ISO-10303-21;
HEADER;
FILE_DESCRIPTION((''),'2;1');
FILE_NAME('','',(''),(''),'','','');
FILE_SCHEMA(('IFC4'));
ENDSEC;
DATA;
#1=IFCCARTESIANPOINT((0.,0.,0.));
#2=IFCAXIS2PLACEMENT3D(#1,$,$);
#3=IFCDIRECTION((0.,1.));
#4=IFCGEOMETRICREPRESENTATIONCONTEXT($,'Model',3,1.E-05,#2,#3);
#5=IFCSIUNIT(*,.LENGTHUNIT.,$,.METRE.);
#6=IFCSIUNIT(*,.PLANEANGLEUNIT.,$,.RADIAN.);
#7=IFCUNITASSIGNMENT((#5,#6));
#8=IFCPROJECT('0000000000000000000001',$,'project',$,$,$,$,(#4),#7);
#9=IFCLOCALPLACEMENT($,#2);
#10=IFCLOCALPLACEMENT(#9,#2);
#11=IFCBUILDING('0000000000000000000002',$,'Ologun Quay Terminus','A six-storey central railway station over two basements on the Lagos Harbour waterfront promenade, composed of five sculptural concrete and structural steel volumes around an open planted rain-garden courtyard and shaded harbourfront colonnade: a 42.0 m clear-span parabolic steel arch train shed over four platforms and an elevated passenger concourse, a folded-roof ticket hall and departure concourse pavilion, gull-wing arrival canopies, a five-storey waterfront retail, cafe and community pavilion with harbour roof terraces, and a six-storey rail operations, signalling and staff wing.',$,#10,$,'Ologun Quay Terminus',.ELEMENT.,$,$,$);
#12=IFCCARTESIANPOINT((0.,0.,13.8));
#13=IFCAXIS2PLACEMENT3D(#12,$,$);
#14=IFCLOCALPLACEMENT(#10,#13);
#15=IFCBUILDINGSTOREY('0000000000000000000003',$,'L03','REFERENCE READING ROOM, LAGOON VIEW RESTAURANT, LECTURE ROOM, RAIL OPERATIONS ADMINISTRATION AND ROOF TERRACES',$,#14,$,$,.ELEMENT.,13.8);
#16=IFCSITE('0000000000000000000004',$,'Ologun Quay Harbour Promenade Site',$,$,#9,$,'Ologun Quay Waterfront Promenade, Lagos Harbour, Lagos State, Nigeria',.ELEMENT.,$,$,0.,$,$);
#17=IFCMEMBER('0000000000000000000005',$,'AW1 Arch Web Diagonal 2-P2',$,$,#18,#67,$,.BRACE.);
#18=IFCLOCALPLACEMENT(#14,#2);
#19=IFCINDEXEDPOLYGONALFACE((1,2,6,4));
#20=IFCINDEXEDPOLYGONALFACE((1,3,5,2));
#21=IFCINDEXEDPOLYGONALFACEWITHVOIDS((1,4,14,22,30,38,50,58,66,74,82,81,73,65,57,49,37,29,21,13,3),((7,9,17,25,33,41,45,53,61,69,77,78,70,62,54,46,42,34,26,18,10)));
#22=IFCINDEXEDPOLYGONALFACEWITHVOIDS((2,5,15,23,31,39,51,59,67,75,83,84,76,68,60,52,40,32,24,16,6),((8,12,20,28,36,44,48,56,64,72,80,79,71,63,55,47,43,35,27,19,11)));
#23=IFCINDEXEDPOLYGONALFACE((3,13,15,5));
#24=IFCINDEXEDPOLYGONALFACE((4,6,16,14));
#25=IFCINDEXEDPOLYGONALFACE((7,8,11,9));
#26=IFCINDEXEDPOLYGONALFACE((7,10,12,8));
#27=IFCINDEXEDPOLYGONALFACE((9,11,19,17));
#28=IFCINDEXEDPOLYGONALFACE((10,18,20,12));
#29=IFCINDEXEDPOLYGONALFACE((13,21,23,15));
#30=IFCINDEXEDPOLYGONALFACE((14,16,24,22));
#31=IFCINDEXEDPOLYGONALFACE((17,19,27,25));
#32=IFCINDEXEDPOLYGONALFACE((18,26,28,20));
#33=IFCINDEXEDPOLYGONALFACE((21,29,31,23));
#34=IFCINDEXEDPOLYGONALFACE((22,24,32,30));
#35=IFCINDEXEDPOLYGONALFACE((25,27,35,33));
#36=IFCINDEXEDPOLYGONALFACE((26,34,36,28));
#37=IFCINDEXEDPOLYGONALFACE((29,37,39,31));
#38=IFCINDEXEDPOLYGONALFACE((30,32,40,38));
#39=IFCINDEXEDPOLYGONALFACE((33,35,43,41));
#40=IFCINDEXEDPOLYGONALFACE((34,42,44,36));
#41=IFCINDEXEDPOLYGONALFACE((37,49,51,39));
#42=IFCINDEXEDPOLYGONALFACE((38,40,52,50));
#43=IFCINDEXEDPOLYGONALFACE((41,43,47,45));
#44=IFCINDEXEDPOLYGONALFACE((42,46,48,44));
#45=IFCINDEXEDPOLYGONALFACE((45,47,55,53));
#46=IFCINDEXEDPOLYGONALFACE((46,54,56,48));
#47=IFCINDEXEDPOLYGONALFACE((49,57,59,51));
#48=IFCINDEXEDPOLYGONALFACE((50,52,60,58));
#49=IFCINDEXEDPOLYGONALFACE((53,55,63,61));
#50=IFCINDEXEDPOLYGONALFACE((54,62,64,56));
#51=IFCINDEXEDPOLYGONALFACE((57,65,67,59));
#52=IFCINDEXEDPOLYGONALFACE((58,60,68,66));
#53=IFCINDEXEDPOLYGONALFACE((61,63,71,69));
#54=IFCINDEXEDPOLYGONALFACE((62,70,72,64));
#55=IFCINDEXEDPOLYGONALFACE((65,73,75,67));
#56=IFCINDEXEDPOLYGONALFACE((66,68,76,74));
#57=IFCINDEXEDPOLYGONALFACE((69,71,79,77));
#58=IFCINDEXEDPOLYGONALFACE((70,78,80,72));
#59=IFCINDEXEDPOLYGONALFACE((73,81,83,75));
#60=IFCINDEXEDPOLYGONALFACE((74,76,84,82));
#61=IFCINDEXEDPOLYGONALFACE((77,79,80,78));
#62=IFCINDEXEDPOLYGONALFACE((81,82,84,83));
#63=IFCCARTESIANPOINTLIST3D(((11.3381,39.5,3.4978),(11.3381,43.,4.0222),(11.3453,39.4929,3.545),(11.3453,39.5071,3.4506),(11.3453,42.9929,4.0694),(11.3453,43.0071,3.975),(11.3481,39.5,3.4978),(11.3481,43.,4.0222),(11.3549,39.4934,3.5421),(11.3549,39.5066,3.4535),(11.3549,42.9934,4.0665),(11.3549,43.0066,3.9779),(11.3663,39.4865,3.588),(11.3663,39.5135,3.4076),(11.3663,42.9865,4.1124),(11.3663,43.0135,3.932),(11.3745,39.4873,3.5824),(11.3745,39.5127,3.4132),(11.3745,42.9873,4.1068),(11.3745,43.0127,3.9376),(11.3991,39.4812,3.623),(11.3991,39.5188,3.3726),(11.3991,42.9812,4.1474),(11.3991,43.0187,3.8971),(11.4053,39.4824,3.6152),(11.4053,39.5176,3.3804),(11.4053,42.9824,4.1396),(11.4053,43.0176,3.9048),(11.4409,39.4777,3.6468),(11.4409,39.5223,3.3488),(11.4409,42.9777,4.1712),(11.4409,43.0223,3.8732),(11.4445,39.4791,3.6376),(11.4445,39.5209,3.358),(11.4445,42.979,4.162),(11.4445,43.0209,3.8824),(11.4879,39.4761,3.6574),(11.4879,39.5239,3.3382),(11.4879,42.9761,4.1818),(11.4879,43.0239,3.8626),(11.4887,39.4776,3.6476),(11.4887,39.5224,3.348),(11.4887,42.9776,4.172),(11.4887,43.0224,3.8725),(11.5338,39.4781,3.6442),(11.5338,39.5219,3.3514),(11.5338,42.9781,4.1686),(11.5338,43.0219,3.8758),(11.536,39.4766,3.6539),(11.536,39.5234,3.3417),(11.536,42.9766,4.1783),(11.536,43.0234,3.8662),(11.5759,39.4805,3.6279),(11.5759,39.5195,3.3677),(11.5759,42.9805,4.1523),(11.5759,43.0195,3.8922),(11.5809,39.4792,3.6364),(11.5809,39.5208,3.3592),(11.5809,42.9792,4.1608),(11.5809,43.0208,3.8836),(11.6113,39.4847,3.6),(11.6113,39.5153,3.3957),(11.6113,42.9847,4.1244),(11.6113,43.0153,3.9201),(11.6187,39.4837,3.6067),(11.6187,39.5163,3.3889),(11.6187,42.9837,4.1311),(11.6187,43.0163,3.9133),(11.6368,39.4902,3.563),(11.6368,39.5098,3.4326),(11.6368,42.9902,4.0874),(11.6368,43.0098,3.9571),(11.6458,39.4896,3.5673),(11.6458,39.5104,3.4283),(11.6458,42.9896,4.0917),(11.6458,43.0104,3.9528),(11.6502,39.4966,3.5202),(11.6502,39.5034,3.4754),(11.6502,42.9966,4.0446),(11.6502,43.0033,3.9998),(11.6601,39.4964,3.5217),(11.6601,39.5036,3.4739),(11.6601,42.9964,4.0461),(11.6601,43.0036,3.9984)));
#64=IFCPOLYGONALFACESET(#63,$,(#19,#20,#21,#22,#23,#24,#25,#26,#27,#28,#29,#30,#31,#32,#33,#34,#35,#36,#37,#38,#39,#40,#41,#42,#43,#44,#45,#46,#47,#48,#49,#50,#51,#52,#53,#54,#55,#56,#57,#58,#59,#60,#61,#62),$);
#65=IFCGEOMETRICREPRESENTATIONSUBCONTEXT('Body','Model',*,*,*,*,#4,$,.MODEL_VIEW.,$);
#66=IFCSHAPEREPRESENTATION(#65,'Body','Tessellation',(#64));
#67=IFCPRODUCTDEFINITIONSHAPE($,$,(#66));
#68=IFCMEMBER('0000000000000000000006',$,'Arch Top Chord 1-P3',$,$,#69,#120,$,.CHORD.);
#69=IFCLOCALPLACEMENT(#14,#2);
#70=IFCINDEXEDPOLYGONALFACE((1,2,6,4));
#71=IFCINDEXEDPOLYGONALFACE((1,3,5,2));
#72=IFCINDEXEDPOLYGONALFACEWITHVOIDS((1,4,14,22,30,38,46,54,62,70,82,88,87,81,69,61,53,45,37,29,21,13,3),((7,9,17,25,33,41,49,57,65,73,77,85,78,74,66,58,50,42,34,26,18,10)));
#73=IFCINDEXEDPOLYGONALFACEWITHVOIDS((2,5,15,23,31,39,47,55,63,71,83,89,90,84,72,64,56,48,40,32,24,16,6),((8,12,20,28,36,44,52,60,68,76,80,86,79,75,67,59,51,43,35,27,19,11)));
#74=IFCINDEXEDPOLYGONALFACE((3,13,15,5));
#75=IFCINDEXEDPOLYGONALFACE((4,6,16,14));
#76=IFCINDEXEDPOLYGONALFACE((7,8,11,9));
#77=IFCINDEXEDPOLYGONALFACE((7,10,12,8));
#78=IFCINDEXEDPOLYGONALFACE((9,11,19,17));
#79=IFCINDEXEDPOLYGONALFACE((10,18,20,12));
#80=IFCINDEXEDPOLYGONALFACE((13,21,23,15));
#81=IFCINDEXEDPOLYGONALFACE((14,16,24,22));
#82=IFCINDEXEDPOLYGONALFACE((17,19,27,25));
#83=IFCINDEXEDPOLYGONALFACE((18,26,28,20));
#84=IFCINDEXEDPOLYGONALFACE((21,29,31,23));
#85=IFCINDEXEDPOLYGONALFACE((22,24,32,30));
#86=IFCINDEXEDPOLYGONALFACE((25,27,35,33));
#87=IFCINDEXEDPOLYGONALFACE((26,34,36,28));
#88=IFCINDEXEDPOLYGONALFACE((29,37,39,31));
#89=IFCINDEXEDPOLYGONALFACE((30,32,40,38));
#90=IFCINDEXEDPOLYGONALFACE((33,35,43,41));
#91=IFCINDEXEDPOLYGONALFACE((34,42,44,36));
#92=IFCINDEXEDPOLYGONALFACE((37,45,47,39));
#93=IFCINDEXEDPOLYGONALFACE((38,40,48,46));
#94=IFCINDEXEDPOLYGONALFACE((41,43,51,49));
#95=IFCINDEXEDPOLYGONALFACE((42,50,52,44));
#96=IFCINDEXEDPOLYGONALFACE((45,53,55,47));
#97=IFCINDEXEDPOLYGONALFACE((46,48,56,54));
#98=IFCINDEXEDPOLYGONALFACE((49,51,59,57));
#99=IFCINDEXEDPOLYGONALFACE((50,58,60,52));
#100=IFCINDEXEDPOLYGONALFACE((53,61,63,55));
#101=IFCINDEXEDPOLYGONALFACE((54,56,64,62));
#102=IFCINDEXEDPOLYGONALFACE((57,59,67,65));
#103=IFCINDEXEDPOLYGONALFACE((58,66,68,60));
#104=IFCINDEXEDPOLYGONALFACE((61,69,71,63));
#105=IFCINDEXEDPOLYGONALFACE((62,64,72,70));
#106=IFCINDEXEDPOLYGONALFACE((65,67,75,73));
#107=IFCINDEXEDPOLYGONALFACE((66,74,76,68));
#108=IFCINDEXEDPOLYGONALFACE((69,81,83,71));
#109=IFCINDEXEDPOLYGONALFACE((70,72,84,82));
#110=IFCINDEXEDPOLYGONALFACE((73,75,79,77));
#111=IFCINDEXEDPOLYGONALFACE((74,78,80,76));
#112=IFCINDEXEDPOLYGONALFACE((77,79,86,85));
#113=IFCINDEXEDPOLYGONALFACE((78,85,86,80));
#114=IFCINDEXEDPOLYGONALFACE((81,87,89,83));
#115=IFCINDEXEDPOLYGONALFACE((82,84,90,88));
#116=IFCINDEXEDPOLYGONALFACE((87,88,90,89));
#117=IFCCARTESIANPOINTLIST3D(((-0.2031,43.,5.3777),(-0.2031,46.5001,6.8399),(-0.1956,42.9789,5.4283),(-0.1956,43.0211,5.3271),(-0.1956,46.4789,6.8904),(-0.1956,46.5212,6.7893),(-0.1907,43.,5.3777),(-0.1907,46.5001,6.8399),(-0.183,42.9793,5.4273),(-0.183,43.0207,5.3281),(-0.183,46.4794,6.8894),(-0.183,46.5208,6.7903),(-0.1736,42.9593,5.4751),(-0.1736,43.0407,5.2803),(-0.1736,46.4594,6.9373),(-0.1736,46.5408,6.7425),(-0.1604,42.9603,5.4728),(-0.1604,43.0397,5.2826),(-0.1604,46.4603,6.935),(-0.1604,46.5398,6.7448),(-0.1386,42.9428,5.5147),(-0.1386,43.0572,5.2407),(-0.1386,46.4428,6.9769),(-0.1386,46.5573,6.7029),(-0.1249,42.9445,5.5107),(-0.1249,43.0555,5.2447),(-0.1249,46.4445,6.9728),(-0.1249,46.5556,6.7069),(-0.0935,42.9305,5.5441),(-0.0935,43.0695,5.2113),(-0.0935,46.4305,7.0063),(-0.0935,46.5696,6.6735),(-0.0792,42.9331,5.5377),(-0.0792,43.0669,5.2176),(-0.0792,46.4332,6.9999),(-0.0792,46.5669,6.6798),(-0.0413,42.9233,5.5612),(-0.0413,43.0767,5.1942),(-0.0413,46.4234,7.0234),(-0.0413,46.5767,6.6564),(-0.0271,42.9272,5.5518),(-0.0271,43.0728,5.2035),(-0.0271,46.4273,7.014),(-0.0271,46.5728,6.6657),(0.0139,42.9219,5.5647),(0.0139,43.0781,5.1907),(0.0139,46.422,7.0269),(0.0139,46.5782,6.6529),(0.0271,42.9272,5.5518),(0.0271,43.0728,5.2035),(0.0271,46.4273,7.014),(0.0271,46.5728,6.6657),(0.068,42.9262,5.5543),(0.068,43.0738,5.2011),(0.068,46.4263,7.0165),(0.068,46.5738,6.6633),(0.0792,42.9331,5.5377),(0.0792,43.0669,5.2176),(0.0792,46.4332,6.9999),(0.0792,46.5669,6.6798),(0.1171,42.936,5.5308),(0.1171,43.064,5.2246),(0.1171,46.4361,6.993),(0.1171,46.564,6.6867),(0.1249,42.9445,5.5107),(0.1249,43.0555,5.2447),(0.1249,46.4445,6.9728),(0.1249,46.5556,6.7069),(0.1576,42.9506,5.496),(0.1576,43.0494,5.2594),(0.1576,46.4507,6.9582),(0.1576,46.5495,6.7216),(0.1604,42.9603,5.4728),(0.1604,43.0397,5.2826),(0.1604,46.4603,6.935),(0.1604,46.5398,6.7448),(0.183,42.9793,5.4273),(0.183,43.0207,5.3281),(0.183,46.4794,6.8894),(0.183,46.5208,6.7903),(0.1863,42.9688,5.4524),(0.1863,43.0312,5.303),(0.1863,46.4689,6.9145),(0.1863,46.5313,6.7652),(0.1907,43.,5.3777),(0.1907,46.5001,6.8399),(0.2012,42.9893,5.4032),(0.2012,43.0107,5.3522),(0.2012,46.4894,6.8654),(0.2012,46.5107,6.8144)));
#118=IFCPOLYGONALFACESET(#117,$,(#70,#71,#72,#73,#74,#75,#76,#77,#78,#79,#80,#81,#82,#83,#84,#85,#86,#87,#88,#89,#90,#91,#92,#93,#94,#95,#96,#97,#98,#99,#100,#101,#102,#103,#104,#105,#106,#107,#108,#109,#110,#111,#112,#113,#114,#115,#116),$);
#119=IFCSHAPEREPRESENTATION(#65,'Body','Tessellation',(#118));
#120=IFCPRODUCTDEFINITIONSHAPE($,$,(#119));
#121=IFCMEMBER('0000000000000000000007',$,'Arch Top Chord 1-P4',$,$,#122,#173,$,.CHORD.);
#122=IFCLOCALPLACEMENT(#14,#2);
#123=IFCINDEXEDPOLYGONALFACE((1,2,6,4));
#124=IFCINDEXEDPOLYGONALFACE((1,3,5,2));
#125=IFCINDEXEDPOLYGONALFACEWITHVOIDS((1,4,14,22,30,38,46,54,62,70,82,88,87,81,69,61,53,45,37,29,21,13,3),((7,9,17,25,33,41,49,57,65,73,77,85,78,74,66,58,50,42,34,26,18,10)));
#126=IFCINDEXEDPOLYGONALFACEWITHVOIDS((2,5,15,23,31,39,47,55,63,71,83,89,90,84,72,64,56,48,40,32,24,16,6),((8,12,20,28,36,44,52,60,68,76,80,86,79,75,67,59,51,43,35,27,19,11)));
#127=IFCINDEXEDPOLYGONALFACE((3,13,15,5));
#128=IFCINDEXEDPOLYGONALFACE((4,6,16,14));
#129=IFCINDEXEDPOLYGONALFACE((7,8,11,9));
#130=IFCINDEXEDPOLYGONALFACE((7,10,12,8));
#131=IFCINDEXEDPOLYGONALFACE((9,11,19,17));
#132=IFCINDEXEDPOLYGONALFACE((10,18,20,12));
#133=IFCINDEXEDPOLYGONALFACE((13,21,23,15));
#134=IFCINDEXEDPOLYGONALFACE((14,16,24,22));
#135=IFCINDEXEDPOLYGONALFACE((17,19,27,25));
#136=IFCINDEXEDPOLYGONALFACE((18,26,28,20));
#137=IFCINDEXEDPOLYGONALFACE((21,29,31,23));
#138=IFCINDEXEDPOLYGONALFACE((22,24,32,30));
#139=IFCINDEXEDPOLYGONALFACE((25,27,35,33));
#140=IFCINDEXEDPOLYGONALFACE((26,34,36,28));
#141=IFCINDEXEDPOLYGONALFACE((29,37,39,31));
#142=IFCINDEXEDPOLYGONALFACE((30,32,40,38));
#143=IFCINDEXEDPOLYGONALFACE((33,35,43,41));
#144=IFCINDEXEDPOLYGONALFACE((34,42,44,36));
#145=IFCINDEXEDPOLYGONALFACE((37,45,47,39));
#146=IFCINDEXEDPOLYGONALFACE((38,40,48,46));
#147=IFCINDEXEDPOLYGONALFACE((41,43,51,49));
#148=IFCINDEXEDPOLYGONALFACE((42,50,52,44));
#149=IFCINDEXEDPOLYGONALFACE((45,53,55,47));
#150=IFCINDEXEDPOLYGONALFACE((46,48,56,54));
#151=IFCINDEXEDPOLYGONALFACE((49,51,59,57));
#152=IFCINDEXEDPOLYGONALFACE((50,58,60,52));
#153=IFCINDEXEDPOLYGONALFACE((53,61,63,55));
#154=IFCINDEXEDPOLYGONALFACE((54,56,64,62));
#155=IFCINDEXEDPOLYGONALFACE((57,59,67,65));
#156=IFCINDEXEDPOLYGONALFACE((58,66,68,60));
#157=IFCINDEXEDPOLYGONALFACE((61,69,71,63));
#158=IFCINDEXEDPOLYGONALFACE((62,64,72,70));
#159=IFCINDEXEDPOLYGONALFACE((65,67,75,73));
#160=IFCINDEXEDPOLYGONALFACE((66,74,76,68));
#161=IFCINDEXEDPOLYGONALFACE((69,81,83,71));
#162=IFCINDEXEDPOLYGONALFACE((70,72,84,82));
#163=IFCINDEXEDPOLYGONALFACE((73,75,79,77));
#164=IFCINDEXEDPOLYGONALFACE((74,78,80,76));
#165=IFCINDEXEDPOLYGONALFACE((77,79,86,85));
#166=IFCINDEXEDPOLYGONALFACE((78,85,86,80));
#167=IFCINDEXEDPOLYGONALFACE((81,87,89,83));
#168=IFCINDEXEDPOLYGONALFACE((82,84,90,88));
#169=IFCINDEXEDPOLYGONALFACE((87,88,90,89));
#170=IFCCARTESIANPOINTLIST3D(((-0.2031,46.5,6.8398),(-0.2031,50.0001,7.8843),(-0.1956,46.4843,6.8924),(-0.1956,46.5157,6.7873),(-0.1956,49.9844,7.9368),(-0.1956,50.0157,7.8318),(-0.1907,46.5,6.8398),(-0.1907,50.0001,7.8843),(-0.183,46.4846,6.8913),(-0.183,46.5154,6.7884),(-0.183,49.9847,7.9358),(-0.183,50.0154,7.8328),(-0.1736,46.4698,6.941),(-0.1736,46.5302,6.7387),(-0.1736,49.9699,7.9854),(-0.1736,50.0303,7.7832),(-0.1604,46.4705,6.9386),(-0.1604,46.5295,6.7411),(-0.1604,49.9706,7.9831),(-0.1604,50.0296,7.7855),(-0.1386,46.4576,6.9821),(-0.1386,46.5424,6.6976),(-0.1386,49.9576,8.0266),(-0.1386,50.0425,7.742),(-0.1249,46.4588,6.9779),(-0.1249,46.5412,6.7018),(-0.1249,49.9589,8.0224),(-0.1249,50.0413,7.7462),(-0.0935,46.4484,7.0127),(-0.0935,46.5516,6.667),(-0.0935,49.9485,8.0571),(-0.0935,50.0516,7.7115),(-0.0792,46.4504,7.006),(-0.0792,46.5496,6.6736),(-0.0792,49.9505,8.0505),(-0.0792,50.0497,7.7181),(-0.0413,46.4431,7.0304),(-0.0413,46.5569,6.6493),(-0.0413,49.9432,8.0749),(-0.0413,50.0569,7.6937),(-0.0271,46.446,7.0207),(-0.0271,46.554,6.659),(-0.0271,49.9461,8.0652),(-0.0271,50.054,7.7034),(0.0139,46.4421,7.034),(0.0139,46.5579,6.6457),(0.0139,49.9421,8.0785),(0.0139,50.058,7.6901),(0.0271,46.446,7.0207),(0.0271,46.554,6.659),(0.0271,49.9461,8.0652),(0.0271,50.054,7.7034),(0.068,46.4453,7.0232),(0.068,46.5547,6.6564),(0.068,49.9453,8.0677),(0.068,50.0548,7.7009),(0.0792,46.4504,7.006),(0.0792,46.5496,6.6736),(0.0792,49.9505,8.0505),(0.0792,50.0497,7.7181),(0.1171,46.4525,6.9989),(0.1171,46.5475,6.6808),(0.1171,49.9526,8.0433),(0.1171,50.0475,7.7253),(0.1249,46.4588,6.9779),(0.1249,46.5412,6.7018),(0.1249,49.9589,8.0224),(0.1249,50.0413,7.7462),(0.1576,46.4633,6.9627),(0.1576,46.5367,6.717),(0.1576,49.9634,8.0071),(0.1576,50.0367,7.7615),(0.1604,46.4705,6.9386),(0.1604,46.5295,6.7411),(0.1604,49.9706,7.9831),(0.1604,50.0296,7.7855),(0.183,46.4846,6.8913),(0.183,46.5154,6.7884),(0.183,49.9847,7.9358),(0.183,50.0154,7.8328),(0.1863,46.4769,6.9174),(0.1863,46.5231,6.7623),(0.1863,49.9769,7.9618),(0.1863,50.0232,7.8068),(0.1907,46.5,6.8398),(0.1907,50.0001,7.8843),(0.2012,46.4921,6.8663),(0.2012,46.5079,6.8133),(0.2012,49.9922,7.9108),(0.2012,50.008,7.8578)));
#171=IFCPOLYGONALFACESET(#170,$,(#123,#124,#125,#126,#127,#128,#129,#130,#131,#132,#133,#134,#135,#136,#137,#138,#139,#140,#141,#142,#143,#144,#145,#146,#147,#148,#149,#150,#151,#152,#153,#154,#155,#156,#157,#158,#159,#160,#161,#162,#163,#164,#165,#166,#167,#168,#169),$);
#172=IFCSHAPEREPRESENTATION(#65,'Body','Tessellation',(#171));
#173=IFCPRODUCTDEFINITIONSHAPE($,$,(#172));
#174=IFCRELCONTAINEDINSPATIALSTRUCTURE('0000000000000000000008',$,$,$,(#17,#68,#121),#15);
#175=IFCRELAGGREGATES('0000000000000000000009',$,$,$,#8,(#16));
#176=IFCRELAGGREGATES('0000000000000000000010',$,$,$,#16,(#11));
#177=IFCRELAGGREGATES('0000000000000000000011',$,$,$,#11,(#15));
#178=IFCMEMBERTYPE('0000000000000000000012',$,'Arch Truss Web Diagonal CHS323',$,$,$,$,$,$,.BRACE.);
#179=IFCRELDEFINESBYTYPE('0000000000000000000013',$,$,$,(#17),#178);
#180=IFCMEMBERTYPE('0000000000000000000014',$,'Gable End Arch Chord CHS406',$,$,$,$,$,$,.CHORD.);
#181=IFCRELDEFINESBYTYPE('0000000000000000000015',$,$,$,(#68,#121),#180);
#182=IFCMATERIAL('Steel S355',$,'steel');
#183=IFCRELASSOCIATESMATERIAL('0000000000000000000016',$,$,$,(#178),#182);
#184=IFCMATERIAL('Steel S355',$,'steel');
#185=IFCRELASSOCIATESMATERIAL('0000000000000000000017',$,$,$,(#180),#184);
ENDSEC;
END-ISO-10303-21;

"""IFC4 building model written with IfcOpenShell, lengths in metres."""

from ifc_helpers import new_model, si_unit, direction, frame, origin, origin_2d, place, context, subcontext, project, spatial, hollow_circle, extrude, material, material_profile, profile_set, type_object, element, save


model = new_model("IFC4")

# Units and contexts
model_context = context("Model", 3, precision=1e-05, world=origin(), true_north=direction((0.0, 1.0)))
body_context = subcontext(model_context, "Body", "Model", "MODEL_VIEW")
ifc_project = project(units=[si_unit("LENGTHUNIT", "METRE"), si_unit("PLANEANGLEUNIT", "RADIAN")], contexts=[model_context])

# Site, building, storey
site_placement = place(None, origin())
site = spatial("IfcSite", under=ifc_project, at=site_placement, Name="Ologun Quay Harbour Promenade Site", LongName="Ologun Quay Waterfront Promenade, Lagos Harbour, Lagos State, Nigeria", CompositionType="ELEMENT", RefElevation=0.0)
building_placement = place(site_placement, origin())
building = spatial("IfcBuilding", under=site, at=building_placement, Name="Ologun Quay Terminus", Description="A six-storey central railway station over two basements on the Lagos Harbour waterfront promenade, composed of five sculptural concrete and structural steel volumes around an open planted rain-garden courtyard and shaded harbourfront colonnade: a 42.0 m clear-span parabolic steel arch train shed over four platforms and an elevated passenger concourse, a folded-roof ticket hall and departure concourse pavilion, gull-wing arrival canopies, a five-storey waterfront retail, cafe and community pavilion with harbour roof terraces, and a six-storey rail operations, signalling and staff wing.", LongName="Ologun Quay Terminus", CompositionType="ELEMENT")
storey_placement = place(building_placement, frame((0.0, 0.0, 13.8)))
storey = spatial("IfcBuildingStorey", under=building, at=storey_placement, Name="L03", Description="REFERENCE READING ROOM, LAGOON VIEW RESTAURANT, LECTURE ROOM, RAIL OPERATIONS ADMINISTRATION AND ROOF TERRACES", CompositionType="ELEMENT", Elevation=13.8)

# Members
ifc_material_1 = material(Name="Steel S355", Category="steel")
ifc_material_profile_1 = material_profile(ifc_material_1, hollow_circle(Radius=0.1619, WallThickness=0.01, at=origin_2d()), Name="CHS 323.9x10")
ifc_profile_set_1 = profile_set([ifc_material_profile_1], Name="Steel S355")
member_type_1 = type_object("IfcMemberType", Name="Arch Truss Web Diagonal CHS323", PredefinedType="BRACE", material=ifc_profile_set_1)
member_1_placement = place(storey_placement, frame((11.5, 39.5, 3.4978), z_axis=(0.0, 0.988961, 0.148179), x_axis=(-1.0, 0.0, 0.0)))
element("IfcMember", 1, at=member_1_placement, inside=storey, type_object=member_type_1, Name="AW1 Arch Web Diagonal 2-P2", PredefinedType="BRACE", context=body_context, shape_type="SweptSolid", body=[
    extrude(hollow_circle(Radius=0.1619, WallThickness=0.01, at=origin_2d()), origin(), (0.0, 0.0, 1.0), 3.5391),
])
ifc_material_2 = material(Name="Steel S355", Category="steel")
ifc_material_profile_2 = material_profile(ifc_material_2, hollow_circle(Radius=0.2031, WallThickness=0.0125, at=origin_2d()), Name="CHS 406.4x12.5")
ifc_profile_set_2 = profile_set([ifc_material_profile_2], Name="Steel S355")
member_type_2 = type_object("IfcMemberType", Name="Gable End Arch Chord CHS406", PredefinedType="CHORD", material=ifc_profile_set_2)
member_2_placement = place(storey_placement, frame((0.0, 43.0, 5.3777), z_axis=(0.0, 0.922719, 0.385474), x_axis=(-1.0, 0.0, 0.0)))
element("IfcMember", 2, at=member_2_placement, inside=storey, type_object=member_type_2, Name="Arch Top Chord 1-P3", PredefinedType="CHORD", context=body_context, shape_type="SweptSolid", body=[
    extrude(hollow_circle(Radius=0.2031, WallThickness=0.0125, at=origin_2d()), origin(), (0.0, 0.0, 1.0), 3.7932),
])
member_3_placement = place(storey_placement, frame((0.0, 46.5, 6.8398), z_axis=(0.0, 0.958245, 0.285949), x_axis=(-1.0, 0.0, 0.0)))
element("IfcMember", 3, at=member_3_placement, inside=storey, type_object=member_type_2, Name="Arch Top Chord 1-P4", PredefinedType="CHORD", context=body_context, shape_type="SweptSolid", body=[
    extrude(hollow_circle(Radius=0.2031, WallThickness=0.0125, at=origin_2d()), origin(), (0.0, 0.0, 1.0), 3.6526),
])

save(model, "model.ifc")
